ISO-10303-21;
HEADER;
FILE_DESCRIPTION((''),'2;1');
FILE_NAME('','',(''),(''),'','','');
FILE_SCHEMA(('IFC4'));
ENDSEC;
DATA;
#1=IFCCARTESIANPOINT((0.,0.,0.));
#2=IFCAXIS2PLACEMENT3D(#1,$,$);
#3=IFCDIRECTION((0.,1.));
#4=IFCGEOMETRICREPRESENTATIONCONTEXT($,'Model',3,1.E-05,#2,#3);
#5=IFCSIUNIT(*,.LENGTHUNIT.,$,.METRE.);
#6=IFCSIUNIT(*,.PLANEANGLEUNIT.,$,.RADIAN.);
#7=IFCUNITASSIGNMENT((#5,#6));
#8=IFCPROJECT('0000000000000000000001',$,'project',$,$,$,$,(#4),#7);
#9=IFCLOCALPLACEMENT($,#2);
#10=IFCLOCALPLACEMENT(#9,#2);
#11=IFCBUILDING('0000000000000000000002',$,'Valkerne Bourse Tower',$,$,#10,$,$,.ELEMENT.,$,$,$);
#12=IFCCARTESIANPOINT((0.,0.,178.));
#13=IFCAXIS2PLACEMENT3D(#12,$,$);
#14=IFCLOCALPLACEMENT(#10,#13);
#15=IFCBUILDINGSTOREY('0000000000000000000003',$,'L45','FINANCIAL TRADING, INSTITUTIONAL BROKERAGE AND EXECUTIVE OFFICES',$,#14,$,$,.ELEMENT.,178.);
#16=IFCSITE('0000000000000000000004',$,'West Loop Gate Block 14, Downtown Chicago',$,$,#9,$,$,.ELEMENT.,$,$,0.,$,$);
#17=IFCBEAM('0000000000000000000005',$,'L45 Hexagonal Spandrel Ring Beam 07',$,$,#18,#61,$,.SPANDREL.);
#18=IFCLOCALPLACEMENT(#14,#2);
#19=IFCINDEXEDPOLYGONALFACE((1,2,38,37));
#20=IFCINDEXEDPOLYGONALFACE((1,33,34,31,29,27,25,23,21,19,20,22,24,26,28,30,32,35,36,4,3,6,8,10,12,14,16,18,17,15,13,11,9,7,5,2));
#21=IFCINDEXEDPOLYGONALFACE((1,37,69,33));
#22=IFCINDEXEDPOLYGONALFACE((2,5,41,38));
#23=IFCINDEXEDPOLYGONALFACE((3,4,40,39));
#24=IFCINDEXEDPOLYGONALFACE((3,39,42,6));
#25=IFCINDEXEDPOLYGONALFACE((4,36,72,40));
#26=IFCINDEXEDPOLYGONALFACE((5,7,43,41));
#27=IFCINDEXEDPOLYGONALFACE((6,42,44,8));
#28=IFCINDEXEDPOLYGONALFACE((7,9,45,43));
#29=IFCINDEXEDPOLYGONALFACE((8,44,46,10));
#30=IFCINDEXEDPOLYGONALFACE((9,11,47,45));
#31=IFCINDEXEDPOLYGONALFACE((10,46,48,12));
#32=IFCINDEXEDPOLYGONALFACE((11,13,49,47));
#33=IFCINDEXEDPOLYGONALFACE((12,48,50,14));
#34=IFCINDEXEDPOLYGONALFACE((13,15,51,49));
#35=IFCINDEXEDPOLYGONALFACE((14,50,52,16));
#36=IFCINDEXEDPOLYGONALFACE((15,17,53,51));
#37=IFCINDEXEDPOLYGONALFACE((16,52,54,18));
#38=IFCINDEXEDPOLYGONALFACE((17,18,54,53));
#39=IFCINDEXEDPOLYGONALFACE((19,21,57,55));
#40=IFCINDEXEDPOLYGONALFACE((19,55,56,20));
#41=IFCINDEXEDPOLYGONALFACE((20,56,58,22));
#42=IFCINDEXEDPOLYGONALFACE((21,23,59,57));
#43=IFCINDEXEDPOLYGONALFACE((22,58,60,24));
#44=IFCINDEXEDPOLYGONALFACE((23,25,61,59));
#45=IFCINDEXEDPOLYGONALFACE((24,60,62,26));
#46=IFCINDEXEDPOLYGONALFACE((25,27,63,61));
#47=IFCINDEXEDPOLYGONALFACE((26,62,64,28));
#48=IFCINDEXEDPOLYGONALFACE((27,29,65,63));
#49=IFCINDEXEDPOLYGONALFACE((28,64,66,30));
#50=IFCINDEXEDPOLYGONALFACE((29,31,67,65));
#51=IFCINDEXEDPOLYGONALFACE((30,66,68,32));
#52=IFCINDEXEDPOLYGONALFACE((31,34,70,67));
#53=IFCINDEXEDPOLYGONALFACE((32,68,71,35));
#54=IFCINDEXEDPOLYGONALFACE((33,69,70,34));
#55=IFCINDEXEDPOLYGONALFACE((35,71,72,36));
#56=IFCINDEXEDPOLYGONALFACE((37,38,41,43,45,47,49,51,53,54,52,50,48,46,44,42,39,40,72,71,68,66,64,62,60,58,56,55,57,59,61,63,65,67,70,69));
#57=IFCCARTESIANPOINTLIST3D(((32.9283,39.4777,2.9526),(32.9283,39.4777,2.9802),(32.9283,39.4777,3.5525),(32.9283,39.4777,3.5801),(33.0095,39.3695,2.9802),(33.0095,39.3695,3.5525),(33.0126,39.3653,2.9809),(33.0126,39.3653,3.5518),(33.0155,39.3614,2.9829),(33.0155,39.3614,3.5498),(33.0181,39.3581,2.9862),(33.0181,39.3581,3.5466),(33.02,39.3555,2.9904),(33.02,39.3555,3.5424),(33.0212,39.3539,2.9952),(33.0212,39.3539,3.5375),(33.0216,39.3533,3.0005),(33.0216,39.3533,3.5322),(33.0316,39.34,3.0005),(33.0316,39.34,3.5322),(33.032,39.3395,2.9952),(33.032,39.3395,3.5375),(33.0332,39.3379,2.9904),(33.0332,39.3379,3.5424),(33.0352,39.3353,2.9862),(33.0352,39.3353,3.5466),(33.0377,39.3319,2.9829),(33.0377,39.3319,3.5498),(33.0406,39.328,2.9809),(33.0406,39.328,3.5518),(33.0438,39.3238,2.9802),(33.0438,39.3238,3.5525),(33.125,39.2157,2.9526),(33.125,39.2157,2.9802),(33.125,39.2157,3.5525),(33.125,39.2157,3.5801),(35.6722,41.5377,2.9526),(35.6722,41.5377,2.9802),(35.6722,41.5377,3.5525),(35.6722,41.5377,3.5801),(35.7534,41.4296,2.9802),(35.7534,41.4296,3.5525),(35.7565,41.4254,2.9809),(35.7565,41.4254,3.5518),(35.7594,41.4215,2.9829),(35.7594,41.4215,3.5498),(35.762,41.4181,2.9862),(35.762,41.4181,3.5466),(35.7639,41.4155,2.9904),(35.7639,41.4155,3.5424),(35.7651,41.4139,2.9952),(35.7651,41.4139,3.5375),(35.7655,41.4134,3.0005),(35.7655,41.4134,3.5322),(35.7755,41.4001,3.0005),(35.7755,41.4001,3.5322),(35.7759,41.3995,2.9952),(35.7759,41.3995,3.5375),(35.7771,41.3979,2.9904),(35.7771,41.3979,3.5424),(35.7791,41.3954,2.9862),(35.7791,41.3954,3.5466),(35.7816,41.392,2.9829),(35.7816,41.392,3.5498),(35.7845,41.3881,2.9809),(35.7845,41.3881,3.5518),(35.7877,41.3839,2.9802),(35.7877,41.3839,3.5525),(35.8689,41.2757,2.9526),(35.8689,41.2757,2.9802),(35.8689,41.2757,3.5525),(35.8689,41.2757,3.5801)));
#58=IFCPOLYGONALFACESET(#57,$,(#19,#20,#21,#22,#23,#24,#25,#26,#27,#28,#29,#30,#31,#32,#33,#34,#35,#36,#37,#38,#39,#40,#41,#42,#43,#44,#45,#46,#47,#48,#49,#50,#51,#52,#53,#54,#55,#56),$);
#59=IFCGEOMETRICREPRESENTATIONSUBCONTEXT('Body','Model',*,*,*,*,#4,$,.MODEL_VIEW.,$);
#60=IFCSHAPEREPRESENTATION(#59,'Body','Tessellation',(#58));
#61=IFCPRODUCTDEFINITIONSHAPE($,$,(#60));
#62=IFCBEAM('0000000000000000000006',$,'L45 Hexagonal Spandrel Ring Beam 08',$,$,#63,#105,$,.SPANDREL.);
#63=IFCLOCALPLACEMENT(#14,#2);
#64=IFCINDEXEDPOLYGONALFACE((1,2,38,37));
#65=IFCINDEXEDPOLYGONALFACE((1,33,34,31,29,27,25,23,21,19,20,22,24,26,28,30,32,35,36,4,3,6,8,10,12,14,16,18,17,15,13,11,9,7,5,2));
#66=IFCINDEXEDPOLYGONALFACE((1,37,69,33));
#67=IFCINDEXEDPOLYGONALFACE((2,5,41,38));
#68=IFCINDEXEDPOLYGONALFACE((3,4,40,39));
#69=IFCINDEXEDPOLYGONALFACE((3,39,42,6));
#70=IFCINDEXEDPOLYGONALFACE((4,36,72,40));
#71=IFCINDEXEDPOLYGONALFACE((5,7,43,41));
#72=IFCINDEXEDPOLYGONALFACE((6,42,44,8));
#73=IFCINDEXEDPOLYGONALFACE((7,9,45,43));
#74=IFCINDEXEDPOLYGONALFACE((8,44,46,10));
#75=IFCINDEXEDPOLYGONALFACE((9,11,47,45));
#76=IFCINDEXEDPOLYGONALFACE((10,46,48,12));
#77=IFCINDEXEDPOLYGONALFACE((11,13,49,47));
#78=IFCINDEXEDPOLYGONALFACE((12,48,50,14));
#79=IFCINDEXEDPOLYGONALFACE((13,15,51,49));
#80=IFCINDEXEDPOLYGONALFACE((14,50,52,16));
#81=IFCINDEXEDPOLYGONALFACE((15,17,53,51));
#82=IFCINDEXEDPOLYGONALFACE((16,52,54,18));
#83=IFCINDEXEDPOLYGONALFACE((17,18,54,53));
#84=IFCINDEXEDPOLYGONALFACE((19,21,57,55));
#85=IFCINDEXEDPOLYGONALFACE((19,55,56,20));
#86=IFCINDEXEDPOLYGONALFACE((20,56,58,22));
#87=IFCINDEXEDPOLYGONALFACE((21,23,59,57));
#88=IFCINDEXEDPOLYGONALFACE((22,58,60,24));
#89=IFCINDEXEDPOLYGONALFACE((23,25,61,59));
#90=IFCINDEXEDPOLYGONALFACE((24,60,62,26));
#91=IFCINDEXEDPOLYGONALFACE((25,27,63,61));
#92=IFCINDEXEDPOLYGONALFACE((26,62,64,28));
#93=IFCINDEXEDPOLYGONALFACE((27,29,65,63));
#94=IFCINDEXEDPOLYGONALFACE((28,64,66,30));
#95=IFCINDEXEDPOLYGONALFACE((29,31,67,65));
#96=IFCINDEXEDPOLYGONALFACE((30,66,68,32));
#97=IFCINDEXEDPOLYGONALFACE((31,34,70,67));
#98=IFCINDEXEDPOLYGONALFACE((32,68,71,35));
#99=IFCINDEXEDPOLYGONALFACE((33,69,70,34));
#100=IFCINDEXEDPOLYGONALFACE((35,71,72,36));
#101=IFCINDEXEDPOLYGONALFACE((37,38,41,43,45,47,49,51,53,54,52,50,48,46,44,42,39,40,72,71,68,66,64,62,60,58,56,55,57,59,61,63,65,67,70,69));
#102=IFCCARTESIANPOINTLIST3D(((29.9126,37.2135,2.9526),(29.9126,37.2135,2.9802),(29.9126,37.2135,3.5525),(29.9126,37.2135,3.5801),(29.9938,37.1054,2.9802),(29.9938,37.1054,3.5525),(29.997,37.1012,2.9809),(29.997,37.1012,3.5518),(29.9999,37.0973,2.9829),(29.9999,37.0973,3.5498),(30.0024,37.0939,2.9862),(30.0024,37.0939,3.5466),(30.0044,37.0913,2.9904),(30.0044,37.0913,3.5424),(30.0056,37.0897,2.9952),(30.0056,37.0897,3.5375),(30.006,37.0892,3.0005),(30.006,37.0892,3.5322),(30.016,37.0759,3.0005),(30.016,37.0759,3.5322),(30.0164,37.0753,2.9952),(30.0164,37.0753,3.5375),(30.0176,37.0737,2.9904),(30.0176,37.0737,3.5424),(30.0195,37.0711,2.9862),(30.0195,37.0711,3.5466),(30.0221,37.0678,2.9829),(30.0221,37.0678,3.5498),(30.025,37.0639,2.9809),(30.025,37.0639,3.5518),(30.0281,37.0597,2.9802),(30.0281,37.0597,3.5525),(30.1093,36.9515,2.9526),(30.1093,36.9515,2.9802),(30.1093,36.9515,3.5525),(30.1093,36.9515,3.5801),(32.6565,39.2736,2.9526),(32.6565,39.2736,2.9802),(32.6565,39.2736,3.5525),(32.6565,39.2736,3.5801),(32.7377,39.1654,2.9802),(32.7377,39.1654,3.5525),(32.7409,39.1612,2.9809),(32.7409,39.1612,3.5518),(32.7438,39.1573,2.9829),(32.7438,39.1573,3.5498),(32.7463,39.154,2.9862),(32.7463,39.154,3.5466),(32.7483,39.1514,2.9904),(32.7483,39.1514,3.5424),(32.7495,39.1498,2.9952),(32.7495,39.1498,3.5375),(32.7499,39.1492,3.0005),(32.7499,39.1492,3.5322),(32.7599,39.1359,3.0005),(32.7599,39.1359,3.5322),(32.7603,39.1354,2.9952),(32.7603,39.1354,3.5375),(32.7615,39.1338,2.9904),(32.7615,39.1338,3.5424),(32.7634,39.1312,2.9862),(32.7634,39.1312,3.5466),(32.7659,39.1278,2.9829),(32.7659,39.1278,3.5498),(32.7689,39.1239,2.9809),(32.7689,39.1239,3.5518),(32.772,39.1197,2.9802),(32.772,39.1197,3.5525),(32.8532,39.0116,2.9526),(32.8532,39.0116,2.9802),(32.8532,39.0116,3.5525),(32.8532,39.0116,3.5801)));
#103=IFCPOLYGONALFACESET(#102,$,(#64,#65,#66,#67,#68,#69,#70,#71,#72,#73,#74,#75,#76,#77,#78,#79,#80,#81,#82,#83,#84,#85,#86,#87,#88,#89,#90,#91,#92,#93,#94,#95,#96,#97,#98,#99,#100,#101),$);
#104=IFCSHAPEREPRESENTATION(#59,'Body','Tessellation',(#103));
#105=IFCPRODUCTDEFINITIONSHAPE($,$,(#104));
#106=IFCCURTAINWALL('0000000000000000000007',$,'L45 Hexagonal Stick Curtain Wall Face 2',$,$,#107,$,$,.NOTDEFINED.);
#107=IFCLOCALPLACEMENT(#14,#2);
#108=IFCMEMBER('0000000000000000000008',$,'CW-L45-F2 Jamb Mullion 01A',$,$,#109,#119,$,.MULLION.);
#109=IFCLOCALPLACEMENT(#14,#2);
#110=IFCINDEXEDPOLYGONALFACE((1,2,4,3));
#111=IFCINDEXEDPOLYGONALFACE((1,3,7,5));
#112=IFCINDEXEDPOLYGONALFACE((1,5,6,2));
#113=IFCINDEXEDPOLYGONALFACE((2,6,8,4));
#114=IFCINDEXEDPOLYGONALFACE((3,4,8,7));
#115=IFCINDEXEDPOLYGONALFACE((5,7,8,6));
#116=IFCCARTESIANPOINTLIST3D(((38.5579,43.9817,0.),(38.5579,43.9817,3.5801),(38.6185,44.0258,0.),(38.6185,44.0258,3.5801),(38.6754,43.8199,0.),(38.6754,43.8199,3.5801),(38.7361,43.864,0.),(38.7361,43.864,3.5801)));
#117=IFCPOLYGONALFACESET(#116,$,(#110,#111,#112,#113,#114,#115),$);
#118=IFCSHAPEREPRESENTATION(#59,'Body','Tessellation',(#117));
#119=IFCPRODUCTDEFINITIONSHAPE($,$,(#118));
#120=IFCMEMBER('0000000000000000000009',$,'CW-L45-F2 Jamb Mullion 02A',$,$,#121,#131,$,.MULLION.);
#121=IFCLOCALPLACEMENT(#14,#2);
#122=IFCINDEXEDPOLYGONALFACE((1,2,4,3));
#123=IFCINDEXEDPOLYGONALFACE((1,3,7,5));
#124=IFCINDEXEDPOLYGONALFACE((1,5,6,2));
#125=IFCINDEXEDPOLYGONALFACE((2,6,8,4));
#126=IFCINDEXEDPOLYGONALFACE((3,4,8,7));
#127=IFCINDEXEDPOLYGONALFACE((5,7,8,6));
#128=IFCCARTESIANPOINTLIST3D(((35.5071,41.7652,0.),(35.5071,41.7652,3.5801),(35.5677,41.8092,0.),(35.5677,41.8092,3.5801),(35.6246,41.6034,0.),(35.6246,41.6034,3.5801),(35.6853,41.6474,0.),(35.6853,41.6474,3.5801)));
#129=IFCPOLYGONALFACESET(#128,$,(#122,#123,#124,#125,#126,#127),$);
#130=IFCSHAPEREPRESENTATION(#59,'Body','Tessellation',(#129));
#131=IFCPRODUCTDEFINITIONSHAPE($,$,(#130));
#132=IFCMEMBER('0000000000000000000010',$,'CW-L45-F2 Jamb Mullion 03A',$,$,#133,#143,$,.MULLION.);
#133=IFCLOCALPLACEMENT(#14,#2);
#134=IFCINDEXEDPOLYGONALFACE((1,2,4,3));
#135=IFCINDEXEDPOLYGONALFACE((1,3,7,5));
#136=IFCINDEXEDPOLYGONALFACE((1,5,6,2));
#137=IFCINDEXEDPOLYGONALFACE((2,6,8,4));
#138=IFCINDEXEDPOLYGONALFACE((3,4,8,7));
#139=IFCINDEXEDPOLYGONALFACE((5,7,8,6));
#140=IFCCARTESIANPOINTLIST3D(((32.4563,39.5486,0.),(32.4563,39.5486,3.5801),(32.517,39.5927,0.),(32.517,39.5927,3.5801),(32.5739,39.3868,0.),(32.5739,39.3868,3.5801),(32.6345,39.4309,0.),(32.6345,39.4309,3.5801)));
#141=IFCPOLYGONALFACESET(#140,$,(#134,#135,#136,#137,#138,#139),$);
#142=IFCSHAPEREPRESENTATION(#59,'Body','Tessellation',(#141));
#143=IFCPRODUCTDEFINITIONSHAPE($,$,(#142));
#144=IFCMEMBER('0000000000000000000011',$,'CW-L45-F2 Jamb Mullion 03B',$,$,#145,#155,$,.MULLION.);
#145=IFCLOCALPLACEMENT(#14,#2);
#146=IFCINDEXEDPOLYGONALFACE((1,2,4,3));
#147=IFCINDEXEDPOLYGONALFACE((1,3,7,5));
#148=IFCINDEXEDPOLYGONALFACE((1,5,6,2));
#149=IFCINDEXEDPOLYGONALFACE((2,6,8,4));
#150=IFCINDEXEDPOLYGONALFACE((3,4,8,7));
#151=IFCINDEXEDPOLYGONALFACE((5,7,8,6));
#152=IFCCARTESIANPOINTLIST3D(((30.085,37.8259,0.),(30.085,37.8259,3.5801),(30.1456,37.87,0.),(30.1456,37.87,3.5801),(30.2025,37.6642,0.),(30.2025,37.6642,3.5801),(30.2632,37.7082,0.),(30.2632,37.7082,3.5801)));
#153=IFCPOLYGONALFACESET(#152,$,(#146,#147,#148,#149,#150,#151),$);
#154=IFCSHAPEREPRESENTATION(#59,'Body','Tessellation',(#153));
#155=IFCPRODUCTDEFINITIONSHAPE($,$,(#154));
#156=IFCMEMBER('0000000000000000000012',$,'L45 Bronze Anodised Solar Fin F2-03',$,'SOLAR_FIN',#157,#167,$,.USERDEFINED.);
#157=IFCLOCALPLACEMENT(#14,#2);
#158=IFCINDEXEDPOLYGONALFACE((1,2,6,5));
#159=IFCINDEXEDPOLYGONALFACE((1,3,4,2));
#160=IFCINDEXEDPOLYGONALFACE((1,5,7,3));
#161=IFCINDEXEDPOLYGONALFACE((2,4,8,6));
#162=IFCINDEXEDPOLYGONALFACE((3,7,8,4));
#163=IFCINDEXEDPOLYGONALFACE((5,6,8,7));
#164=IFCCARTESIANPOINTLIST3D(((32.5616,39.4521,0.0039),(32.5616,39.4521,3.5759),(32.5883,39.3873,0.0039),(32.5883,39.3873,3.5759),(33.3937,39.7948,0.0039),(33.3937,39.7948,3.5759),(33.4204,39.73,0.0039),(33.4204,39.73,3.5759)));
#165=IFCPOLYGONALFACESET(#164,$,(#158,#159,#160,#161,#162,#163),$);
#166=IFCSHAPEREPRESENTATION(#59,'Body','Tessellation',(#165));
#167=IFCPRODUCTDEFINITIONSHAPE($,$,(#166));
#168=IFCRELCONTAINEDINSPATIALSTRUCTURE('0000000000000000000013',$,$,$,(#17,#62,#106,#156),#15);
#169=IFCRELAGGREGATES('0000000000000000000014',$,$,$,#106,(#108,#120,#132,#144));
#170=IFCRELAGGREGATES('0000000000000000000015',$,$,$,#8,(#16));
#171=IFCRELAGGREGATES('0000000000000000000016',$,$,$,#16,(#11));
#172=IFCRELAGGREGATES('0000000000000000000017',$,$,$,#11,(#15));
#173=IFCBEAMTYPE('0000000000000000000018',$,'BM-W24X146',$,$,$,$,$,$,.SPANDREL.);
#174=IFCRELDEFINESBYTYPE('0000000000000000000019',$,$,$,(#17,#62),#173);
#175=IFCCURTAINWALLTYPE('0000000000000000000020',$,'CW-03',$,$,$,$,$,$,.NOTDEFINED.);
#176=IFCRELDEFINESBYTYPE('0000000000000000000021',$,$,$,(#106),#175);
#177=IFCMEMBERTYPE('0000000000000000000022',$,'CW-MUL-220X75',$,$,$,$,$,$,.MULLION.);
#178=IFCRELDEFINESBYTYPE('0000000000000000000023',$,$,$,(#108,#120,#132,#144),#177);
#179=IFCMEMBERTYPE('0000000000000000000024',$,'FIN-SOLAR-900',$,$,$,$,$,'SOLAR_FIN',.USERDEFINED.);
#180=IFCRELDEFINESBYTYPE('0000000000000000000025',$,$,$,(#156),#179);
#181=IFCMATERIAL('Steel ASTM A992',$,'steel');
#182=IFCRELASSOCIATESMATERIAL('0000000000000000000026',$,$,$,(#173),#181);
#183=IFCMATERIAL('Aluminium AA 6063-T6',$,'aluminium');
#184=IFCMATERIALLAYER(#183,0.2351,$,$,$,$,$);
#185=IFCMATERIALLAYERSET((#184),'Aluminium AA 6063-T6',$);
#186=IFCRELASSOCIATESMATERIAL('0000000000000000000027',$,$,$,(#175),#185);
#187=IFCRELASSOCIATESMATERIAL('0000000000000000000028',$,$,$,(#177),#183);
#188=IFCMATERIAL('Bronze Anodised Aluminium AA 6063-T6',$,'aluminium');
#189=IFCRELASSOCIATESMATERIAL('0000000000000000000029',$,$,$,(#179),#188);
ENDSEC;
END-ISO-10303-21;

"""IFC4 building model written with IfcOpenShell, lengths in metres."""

from ifc_helpers import new_model, si_unit, direction, frame, origin, origin_2d, place, context, subcontext, project, spatial, rectangle, i_section, extrude, material, layer, layer_set, material_profile, profile_set, type_object, element, aggregate, save


model = new_model("IFC4")

# Units and contexts
model_context = context("Model", 3, precision=1e-05, world=origin(), true_north=direction((0.0, 1.0)))
body_context = subcontext(model_context, "Body", "Model", "MODEL_VIEW")
ifc_project = project(units=[si_unit("LENGTHUNIT", "METRE"), si_unit("PLANEANGLEUNIT", "RADIAN")], contexts=[model_context])

# Site, building, storey
site_placement = place(None, origin())
site = spatial("IfcSite", under=ifc_project, at=site_placement, Name="West Loop Gate Block 14, Downtown Chicago", CompositionType="ELEMENT", RefElevation=0.0)
building_placement = place(site_placement, origin())
building = spatial("IfcBuilding", under=site, at=building_placement, Name="Valkerne Bourse Tower", CompositionType="ELEMENT")
storey_placement = place(building_placement, frame((0.0, 0.0, 178.0)))
storey = spatial("IfcBuildingStorey", under=building, at=storey_placement, Name="L45", Description="FINANCIAL TRADING, INSTITUTIONAL BROKERAGE AND EXECUTIVE OFFICES", CompositionType="ELEMENT", Elevation=178.0)

# Beams
ifc_material_1 = material(Name="Steel ASTM A992", Category="steel")
ifc_material_profile_1 = material_profile(ifc_material_1, i_section(OverallWidth=0.3276, OverallDepth=0.6274, WebThickness=0.0166, FlangeThickness=0.0276, FilletRadius=0.0203, at=origin_2d()), Name="W24X146")
ifc_profile_set_1 = profile_set([ifc_material_profile_1], Name="Steel ASTM A992")
beam_type_1 = type_object("IfcBeamType", Name="BM-W24X146", PredefinedType="SPANDREL", material=ifc_profile_set_1)
for number, where, z_axis, x_axis, name in (
    (1, (35.7705, 41.4067, 3.2664), (-0.799701, -0.600398, 0.0), (0.600398, -0.799701, 0.0), "L45 Hexagonal Spandrel Ring Beam 07"),
    (2, (32.7549, 39.1426, 3.2664), (-0.799701, -0.600398, 0.0), (0.600398, -0.799701, 0.0), "L45 Hexagonal Spandrel Ring Beam 08"),
):
    element("IfcBeam", number, at=place(storey_placement, frame(where, z_axis=z_axis, x_axis=x_axis)), inside=storey, type_object=beam_type_1, Name=name, PredefinedType="SPANDREL", context=body_context, shape_type="SweptSolid", body=[
        extrude(i_section(OverallWidth=0.3276, OverallDepth=0.6274, WebThickness=0.0166, FlangeThickness=0.0276, FilletRadius=0.0203, at=origin_2d()), origin(), (0.0, 0.0, 1.0), 3.4312),
    ])

# Curtain wall, members
ifc_material_2 = material(Name="Aluminium AA 6063-T6", Category="aluminium")
ifc_layer_1 = layer(ifc_material_2, 0.2351)
ifc_layer_set_1 = layer_set([ifc_layer_1], Name="Aluminium AA 6063-T6")
curtain_wall_type = type_object("IfcCurtainWallType", Name="CW-03", PredefinedType="NOTDEFINED", material=ifc_layer_set_1)
curtain_wall_placement = place(storey_placement, origin())
curtain_wall = element("IfcCurtainWall", 3, at=curtain_wall_placement, inside=storey, type_object=curtain_wall_type, Name="L45 Hexagonal Stick Curtain Wall Face 2", PredefinedType="NOTDEFINED")
ifc_material_profile_2 = material_profile(ifc_material_2, rectangle(XDim=0.075, YDim=0.2, at=origin_2d()), Name="CWM-75X200")
ifc_profile_set_2 = profile_set([ifc_material_profile_2], Name="Aluminium AA 6063-T6")
member_type_1 = type_object("IfcMemberType", Name="CW-MUL-220X75", PredefinedType="MULLION", material=ifc_profile_set_2)
member_1_placement = place(storey_placement, frame((38.647, 43.9229, 0.0), z_axis=(0.0, 0.0, 1.0), x_axis=(-0.809022, -0.587779, 0.0)))
member_1 = element("IfcMember", 4, at=member_1_placement, type_object=member_type_1, Name="CW-L45-F2 Jamb Mullion 01A", PredefinedType="MULLION", context=body_context, shape_type="SweptSolid", body=[
    extrude(rectangle(XDim=0.075, YDim=0.2, at=origin_2d()), origin(), (0.0, 0.0, 1.0), 3.5801),
])
member_2_placement = place(storey_placement, frame((35.5962, 41.7063, 0.0), z_axis=(0.0, 0.0, 1.0), x_axis=(-0.809009, -0.587796, 0.0)))
member_2 = element("IfcMember", 5, at=member_2_placement, type_object=member_type_1, Name="CW-L45-F2 Jamb Mullion 02A", PredefinedType="MULLION", context=body_context, shape_type="SweptSolid", body=[
    extrude(rectangle(XDim=0.075, YDim=0.2, at=origin_2d()), origin(), (0.0, 0.0, 1.0), 3.5801),
])
member_3_placement = place(storey_placement, frame((32.5454, 39.4897, 0.0), z_axis=(0.0, 0.0, 1.0), x_axis=(-0.809022, -0.587779, 0.0)))
member_3 = element("IfcMember", 6, at=member_3_placement, type_object=member_type_1, Name="CW-L45-F2 Jamb Mullion 03A", PredefinedType="MULLION", context=body_context, shape_type="SweptSolid", body=[
    extrude(rectangle(XDim=0.075, YDim=0.2, at=origin_2d()), origin(), (0.0, 0.0, 1.0), 3.5801),
])
member_4_placement = place(storey_placement, frame((30.1741, 37.7671, 0.0), z_axis=(0.0, 0.0, 1.0), x_axis=(-0.809022, -0.587779, 0.0)))
member_4 = element("IfcMember", 7, at=member_4_placement, type_object=member_type_1, Name="CW-L45-F2 Jamb Mullion 03B", PredefinedType="MULLION", context=body_context, shape_type="SweptSolid", body=[
    extrude(rectangle(XDim=0.075, YDim=0.2, at=origin_2d()), origin(), (0.0, 0.0, 1.0), 3.5801),
])

# Member
ifc_material_3 = material(Name="Bronze Anodised Aluminium AA 6063-T6", Category="aluminium")
ifc_material_profile_3 = material_profile(ifc_material_3, rectangle(XDim=0.0701, YDim=0.8999, at=origin_2d()), Name="FIN-70X900")
ifc_profile_set_3 = profile_set([ifc_material_profile_3], Name="Bronze Anodised Aluminium AA 6063-T6")
member_type_2 = type_object("IfcMemberType", Name="FIN-SOLAR-900", ElementType="SOLAR_FIN", PredefinedType="USERDEFINED", material=ifc_profile_set_3)
member_5_placement = place(storey_placement, frame((32.991, 39.5911, 0.0039), z_axis=(0.0, 0.0, 1.0), x_axis=(-0.38085, 0.924637, 0.0)))
element("IfcMember", 8, at=member_5_placement, inside=storey, type_object=member_type_2, Name="L45 Bronze Anodised Solar Fin F2-03", ObjectType="SOLAR_FIN", PredefinedType="USERDEFINED", context=body_context, shape_type="SweptSolid", body=[
    extrude(rectangle(XDim=0.0701, YDim=0.8999, at=origin_2d()), origin(), (0.0, 0.0, 1.0), 3.572),
])

aggregate(curtain_wall, [member_1, member_2, member_3, member_4])

save(model, "model.ifc")
